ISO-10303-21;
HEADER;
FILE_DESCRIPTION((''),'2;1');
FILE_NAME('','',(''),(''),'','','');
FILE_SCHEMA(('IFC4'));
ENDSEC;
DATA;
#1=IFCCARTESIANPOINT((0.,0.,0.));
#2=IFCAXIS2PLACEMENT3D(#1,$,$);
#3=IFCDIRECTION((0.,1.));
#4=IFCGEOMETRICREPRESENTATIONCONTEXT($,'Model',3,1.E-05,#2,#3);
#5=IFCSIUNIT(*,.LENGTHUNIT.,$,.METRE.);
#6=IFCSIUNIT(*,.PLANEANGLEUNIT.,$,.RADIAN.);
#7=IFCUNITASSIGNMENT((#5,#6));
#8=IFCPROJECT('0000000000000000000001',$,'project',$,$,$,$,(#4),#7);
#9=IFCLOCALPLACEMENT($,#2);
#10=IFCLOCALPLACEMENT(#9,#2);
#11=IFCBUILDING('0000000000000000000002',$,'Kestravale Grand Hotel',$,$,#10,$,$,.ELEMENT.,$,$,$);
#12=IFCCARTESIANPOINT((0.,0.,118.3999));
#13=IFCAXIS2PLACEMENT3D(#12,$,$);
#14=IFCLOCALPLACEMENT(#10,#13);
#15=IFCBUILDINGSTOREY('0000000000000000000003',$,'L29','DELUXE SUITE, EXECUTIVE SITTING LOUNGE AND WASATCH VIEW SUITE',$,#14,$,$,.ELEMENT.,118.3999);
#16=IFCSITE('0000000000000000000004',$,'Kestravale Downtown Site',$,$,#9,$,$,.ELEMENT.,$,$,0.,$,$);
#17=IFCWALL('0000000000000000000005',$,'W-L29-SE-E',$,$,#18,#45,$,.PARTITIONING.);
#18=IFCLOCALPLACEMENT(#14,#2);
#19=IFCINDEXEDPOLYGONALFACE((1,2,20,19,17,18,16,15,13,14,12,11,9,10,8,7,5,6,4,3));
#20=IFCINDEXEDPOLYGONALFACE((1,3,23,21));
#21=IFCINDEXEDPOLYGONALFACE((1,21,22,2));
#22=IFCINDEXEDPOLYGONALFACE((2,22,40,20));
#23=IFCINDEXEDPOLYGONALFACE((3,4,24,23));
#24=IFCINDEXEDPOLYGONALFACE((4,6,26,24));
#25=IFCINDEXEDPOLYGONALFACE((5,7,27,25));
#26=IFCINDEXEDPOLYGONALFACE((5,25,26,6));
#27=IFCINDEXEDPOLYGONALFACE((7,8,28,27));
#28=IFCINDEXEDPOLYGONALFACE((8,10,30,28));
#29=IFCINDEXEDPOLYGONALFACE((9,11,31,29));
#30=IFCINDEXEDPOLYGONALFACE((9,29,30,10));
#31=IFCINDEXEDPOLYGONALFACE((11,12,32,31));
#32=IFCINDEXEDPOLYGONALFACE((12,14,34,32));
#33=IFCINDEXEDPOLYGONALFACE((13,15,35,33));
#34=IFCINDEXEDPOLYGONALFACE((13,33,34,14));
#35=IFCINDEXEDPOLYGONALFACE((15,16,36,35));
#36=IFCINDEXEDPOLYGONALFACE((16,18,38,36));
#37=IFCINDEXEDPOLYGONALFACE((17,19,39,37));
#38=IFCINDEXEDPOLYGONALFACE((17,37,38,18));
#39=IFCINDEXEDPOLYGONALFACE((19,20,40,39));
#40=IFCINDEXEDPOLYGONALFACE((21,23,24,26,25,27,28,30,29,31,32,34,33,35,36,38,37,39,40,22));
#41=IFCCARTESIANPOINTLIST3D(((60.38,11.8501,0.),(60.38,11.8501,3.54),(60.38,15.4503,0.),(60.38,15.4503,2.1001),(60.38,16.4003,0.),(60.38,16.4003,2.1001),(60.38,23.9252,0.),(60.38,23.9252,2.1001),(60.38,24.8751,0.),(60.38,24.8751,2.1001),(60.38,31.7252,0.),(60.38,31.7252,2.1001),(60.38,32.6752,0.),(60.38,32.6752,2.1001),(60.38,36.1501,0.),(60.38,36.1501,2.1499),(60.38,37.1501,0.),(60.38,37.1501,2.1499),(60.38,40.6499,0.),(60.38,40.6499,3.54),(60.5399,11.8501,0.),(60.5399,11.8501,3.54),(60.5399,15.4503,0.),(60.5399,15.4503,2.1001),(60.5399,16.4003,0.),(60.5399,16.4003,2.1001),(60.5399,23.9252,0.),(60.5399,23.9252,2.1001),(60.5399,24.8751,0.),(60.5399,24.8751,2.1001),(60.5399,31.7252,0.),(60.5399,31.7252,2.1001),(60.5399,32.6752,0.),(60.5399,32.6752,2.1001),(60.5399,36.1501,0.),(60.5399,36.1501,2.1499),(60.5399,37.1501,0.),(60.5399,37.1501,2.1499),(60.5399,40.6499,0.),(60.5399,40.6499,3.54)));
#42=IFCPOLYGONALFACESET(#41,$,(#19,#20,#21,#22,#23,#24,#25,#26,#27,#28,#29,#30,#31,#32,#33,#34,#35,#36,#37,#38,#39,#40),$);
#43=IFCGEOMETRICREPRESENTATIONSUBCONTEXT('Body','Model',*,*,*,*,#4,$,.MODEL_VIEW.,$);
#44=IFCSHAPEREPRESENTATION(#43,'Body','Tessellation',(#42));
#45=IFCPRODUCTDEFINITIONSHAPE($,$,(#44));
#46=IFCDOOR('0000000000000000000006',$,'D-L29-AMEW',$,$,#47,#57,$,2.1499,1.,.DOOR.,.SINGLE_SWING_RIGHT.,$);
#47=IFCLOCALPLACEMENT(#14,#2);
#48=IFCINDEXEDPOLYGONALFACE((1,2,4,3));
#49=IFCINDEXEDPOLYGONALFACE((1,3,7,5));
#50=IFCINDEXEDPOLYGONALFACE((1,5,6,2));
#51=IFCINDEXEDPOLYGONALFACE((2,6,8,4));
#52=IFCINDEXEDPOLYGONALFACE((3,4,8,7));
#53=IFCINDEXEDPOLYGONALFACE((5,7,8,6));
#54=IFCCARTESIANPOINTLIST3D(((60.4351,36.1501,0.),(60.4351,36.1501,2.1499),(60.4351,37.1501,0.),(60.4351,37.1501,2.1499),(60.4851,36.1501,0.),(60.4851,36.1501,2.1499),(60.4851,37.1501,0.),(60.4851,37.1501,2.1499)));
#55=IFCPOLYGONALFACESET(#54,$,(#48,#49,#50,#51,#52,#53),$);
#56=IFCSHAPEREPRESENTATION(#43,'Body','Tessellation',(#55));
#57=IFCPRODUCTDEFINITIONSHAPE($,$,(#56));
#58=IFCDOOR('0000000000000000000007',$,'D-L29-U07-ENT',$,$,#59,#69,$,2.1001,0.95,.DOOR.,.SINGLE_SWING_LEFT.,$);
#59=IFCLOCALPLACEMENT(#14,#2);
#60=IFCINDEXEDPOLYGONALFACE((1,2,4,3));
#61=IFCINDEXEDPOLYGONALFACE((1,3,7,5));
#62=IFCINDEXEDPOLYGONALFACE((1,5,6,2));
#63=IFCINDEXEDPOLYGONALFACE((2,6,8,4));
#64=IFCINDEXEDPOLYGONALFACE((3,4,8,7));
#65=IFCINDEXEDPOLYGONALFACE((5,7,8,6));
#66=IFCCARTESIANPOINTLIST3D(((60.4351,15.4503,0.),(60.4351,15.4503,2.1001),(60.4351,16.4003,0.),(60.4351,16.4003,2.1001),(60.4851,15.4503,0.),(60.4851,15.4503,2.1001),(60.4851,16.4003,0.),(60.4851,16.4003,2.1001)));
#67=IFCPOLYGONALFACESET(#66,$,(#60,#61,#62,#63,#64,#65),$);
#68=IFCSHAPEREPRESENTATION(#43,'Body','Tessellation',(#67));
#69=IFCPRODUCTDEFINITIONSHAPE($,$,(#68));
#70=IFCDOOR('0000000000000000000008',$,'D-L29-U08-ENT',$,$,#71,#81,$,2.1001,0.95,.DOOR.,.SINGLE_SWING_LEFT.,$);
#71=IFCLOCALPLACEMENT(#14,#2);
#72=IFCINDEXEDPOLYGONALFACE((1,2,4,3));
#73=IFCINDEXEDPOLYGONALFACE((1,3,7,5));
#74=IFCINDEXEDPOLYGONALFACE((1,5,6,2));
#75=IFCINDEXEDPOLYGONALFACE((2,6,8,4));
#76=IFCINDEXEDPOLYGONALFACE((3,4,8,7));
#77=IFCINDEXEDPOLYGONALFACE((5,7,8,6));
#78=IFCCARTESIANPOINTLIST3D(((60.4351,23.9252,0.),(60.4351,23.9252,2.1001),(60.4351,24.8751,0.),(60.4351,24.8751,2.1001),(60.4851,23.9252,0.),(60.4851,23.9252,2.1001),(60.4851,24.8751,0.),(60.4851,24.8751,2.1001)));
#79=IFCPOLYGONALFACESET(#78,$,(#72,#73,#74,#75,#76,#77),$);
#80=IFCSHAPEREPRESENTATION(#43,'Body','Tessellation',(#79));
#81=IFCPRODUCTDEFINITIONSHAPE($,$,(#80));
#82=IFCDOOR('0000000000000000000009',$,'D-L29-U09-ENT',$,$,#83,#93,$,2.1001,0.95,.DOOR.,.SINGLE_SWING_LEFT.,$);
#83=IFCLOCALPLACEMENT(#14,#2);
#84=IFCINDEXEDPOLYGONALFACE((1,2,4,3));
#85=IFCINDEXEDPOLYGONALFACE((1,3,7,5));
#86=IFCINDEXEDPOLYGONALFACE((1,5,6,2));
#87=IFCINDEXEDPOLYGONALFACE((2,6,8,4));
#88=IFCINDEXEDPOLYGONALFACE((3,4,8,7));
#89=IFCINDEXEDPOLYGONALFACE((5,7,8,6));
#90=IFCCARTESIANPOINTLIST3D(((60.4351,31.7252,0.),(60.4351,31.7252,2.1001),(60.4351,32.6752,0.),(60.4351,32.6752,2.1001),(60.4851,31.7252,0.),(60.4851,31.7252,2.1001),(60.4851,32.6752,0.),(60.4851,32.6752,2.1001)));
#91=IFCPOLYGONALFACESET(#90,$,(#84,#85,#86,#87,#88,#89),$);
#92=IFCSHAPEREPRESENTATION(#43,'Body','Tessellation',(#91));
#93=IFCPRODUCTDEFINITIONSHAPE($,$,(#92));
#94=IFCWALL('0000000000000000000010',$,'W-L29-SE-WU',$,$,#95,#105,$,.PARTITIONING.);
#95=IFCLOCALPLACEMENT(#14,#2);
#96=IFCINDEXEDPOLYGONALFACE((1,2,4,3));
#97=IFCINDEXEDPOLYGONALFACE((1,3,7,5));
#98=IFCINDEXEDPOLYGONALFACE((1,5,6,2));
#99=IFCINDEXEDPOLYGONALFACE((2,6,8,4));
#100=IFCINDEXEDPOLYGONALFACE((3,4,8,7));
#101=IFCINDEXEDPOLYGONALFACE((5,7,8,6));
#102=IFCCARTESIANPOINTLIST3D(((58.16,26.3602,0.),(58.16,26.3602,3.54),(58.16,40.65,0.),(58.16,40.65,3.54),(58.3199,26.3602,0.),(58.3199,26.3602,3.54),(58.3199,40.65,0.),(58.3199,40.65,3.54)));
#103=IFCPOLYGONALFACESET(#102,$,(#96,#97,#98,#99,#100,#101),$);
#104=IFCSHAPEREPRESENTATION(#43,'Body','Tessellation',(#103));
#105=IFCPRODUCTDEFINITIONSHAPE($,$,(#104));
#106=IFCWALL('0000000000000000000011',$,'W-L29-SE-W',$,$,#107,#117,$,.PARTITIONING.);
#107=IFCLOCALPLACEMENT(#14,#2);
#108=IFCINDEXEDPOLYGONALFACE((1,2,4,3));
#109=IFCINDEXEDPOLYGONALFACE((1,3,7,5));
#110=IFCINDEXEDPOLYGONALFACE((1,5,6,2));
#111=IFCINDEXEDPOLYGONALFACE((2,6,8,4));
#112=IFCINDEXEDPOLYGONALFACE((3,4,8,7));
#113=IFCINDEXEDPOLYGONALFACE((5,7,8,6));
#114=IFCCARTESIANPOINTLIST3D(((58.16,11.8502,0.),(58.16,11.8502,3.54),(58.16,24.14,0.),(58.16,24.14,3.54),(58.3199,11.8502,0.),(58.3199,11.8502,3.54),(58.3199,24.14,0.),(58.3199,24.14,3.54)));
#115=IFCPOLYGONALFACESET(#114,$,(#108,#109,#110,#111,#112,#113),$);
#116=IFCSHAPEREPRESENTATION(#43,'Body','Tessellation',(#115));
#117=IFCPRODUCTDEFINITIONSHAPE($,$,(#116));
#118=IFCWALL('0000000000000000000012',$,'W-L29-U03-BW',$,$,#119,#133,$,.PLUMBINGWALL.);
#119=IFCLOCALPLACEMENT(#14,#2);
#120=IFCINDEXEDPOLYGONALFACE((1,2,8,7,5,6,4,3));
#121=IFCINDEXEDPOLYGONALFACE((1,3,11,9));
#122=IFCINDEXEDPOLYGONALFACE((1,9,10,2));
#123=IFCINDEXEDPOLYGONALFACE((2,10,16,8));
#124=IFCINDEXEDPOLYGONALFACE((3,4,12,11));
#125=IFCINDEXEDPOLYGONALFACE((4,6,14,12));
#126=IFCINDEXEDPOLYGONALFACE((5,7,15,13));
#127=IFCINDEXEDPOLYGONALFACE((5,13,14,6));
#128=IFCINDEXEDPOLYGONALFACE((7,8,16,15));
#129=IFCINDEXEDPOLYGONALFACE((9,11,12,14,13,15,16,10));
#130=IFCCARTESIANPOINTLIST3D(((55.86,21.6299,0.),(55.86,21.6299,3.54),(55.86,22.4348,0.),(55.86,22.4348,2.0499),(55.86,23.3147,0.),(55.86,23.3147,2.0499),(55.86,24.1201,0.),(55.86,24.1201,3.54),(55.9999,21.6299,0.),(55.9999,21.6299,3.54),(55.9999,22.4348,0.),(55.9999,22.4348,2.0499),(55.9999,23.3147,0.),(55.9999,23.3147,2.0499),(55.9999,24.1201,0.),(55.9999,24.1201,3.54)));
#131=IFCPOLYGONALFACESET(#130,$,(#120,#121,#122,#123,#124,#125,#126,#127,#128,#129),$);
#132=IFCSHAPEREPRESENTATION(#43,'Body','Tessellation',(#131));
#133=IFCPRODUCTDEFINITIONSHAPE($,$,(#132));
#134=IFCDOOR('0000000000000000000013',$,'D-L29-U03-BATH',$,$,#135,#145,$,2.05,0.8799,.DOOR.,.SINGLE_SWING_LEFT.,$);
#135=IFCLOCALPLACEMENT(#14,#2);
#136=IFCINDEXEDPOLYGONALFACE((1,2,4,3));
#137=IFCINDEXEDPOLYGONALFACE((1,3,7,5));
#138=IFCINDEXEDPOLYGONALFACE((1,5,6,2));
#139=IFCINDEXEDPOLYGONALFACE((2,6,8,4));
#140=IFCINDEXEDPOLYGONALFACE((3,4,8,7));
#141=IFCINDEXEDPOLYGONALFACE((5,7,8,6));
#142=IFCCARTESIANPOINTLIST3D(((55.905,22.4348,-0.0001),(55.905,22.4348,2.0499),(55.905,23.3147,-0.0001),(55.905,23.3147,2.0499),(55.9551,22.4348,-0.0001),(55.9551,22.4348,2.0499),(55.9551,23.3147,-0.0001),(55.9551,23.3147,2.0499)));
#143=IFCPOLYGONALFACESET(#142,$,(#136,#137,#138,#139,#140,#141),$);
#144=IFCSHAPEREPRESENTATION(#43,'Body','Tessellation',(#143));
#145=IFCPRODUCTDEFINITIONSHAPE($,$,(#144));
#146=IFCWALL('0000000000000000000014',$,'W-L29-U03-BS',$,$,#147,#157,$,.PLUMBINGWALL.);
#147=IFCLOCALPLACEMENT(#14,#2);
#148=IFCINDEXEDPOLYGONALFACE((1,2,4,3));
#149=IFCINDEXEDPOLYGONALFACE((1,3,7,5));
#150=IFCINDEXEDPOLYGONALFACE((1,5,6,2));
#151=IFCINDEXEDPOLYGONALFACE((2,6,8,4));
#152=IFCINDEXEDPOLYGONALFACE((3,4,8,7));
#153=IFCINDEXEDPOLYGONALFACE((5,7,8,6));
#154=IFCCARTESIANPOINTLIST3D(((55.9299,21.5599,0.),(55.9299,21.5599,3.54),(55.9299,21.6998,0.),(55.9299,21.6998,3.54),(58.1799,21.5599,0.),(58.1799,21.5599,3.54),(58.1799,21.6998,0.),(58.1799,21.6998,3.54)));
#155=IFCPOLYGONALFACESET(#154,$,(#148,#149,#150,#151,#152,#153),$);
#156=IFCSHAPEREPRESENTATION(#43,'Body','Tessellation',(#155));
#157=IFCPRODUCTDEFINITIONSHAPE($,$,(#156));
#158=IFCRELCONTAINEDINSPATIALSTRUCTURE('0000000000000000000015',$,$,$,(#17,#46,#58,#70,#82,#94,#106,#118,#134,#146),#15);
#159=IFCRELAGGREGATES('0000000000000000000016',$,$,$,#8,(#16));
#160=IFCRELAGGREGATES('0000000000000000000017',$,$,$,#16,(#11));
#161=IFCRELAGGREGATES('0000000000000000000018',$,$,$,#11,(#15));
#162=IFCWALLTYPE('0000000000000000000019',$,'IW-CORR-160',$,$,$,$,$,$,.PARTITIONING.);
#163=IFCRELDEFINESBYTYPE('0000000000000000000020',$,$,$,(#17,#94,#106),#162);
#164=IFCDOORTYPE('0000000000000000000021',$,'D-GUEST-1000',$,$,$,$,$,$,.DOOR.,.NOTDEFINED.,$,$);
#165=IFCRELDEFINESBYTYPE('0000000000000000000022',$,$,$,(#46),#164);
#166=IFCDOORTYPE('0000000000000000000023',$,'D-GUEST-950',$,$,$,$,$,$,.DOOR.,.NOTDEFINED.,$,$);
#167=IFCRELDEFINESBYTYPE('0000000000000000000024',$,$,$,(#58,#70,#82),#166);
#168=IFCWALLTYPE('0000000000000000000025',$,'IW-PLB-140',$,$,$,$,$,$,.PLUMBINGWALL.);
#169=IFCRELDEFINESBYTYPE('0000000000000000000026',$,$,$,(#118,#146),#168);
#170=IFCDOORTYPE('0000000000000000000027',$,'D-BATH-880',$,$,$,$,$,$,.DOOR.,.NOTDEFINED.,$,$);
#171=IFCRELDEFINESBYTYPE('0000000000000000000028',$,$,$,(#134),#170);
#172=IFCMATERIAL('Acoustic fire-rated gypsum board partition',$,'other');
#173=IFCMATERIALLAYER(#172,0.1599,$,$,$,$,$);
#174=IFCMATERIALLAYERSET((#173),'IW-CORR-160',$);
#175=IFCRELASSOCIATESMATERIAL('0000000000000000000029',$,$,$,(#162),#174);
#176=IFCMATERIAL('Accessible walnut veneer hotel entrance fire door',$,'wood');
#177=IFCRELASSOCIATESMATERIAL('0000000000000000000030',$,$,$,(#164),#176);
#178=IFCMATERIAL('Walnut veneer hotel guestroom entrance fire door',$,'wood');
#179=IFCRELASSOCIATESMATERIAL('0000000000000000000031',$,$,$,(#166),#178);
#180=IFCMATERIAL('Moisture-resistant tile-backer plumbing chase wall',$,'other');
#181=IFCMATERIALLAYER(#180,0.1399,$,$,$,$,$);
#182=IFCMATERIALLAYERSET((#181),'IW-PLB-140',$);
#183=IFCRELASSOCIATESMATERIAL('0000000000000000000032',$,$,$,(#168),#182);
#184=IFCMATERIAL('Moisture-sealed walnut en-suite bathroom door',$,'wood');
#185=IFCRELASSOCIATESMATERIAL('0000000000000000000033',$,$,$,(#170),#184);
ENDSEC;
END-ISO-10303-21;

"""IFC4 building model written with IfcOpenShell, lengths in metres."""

from ifc_helpers import new_model, si_unit, direction, frame, frame_2d, origin, place, context, subcontext, project, spatial, rectangle, extrude, material, layer, layer_set, type_object, element, fill, save


model = new_model("IFC4")

# Units and contexts
model_context = context("Model", 3, precision=1e-05, world=origin(), true_north=direction((0.0, 1.0)))
body_context = subcontext(model_context, "Body", "Model", "MODEL_VIEW")
ifc_project = project(units=[si_unit("LENGTHUNIT", "METRE"), si_unit("PLANEANGLEUNIT", "RADIAN")], contexts=[model_context])

# Site, building, storey
site_placement = place(None, origin())
site = spatial("IfcSite", under=ifc_project, at=site_placement, Name="Kestravale Downtown Site", CompositionType="ELEMENT", RefElevation=0.0)
building_placement = place(site_placement, origin())
building = spatial("IfcBuilding", under=site, at=building_placement, Name="Kestravale Grand Hotel", CompositionType="ELEMENT")
storey_placement = place(building_placement, frame((0.0, 0.0, 118.3999)))
storey = spatial("IfcBuildingStorey", under=building, at=storey_placement, Name="L29", Description="DELUXE SUITE, EXECUTIVE SITTING LOUNGE AND WASATCH VIEW SUITE", CompositionType="ELEMENT", Elevation=118.3999)

# Wall, openings, doors
ifc_material_1 = material(Name="Acoustic fire-rated gypsum board partition", Category="other")
ifc_layer_1 = layer(ifc_material_1, 0.1599)
ifc_layer_set_1 = layer_set([ifc_layer_1], Name="IW-CORR-160")
wall_type_1 = type_object("IfcWallType", Name="IW-CORR-160", PredefinedType="PARTITIONING", material=ifc_layer_set_1)
wall_1_placement = place(storey_placement, frame((60.46, 11.8501, 0.0), z_axis=(0.0, 0.0, 1.0), x_axis=(0.0, 1.0, 0.0)))
wall_1 = element("IfcWall", 1, at=wall_1_placement, inside=storey, type_object=wall_type_1, Name="W-L29-SE-E", PredefinedType="PARTITIONING", context=body_context, shape_type="SweptSolid", body=[
    extrude(rectangle(XDim=28.7998, YDim=0.1599, at=frame_2d((14.3999, 0.0))), origin(), (0.0, 0.0, 1.0), 3.54),
])
opening_1_placement = place(wall_1_placement, frame((3.6001, 0.0, 0.0)))
opening_1 = element("IfcOpeningElement", 2, at=opening_1_placement, cuts=wall_1, PredefinedType="OPENING", context=body_context, shape_type="SweptSolid", body=[
    extrude(rectangle(XDim=0.95, YDim=2.1001, at=frame_2d((0.4751, 1.05))), frame((0.0, 0.0898, 0.0), z_axis=(0.0, -1.0, 0.0), x_axis=(1.0, 0.0, 0.0)), (0.0, 0.0, 1.0), 0.1799),
])
opening_2_placement = place(wall_1_placement, frame((12.075, 0.0, 0.0)))
opening_2 = element("IfcOpeningElement", 3, at=opening_2_placement, cuts=wall_1, PredefinedType="OPENING", context=body_context, shape_type="SweptSolid", body=[
    extrude(rectangle(XDim=0.95, YDim=2.1001, at=frame_2d((0.4751, 1.05))), frame((0.0, 0.0898, 0.0), z_axis=(0.0, -1.0, 0.0), x_axis=(1.0, 0.0, 0.0)), (0.0, 0.0, 1.0), 0.1799),
])
opening_3_placement = place(wall_1_placement, frame((19.875, 0.0, 0.0)))
opening_3 = element("IfcOpeningElement", 4, at=opening_3_placement, cuts=wall_1, PredefinedType="OPENING", context=body_context, shape_type="SweptSolid", body=[
    extrude(rectangle(XDim=0.95, YDim=2.1001, at=frame_2d((0.4751, 1.05))), frame((0.0, 0.0898, 0.0), z_axis=(0.0, -1.0, 0.0), x_axis=(1.0, 0.0, 0.0)), (0.0, 0.0, 1.0), 0.1799),
])
opening_4_placement = place(wall_1_placement, frame((24.3, 0.0, 0.0)))
opening_4 = element("IfcOpeningElement", 5, at=opening_4_placement, cuts=wall_1, PredefinedType="OPENING", context=body_context, shape_type="SweptSolid", body=[
    extrude(rectangle(XDim=1.0, YDim=2.1499, at=frame_2d((0.5, 1.075))), frame((0.0, 0.0898, 0.0), z_axis=(0.0, -1.0, 0.0), x_axis=(1.0, 0.0, 0.0)), (0.0, 0.0, 1.0), 0.1799),
])
ifc_material_2 = material(Name="Accessible walnut veneer hotel entrance fire door", Category="wood")
door_type_1 = type_object("IfcDoorType", Name="D-GUEST-1000", OperationType="NOTDEFINED", PredefinedType="DOOR", material=ifc_material_2)
door_1_placement = place(opening_4_placement, origin())
door_1 = element("IfcDoor", 6, at=door_1_placement, inside=storey, type_object=door_type_1, Name="D-L29-AMEW", OperationType="SINGLE_SWING_RIGHT", OverallHeight=2.1499, OverallWidth=1.0, PredefinedType="DOOR", context=body_context, shape_type="SweptSolid", body=[
    extrude(rectangle(XDim=1.0, YDim=2.1499, at=frame_2d((0.5, 1.075))), frame((0.0, 0.0249, 0.0), z_axis=(0.0, -1.0, 0.0), x_axis=(1.0, 0.0, 0.0)), (0.0, 0.0, 1.0), 0.05),
])
fill(opening_4, door_1)
ifc_material_3 = material(Name="Walnut veneer hotel guestroom entrance fire door", Category="wood")
door_type_2 = type_object("IfcDoorType", Name="D-GUEST-950", OperationType="NOTDEFINED", PredefinedType="DOOR", material=ifc_material_3)
door_2_placement = place(opening_1_placement, origin())
door_2 = element("IfcDoor", 7, at=door_2_placement, inside=storey, type_object=door_type_2, Name="D-L29-U07-ENT", OperationType="SINGLE_SWING_LEFT", OverallHeight=2.1001, OverallWidth=0.95, PredefinedType="DOOR", context=body_context, shape_type="SweptSolid", body=[
    extrude(rectangle(XDim=0.95, YDim=2.1001, at=frame_2d((0.4751, 1.05))), frame((0.0, 0.0249, 0.0), z_axis=(0.0, -1.0, 0.0), x_axis=(1.0, 0.0, 0.0)), (0.0, 0.0, 1.0), 0.05),
])
fill(opening_1, door_2)
door_3_placement = place(opening_2_placement, origin())
door_3 = element("IfcDoor", 8, at=door_3_placement, inside=storey, type_object=door_type_2, Name="D-L29-U08-ENT", OperationType="SINGLE_SWING_LEFT", OverallHeight=2.1001, OverallWidth=0.95, PredefinedType="DOOR", context=body_context, shape_type="SweptSolid", body=[
    extrude(rectangle(XDim=0.95, YDim=2.1001, at=frame_2d((0.4751, 1.05))), frame((0.0, 0.0249, 0.0), z_axis=(0.0, -1.0, 0.0), x_axis=(1.0, 0.0, 0.0)), (0.0, 0.0, 1.0), 0.05),
])
fill(opening_2, door_3)
door_4_placement = place(opening_3_placement, origin())
door_4 = element("IfcDoor", 9, at=door_4_placement, inside=storey, type_object=door_type_2, Name="D-L29-U09-ENT", OperationType="SINGLE_SWING_LEFT", OverallHeight=2.1001, OverallWidth=0.95, PredefinedType="DOOR", context=body_context, shape_type="SweptSolid", body=[
    extrude(rectangle(XDim=0.95, YDim=2.1001, at=frame_2d((0.4751, 1.05))), frame((0.0, 0.0249, 0.0), z_axis=(0.0, -1.0, 0.0), x_axis=(1.0, 0.0, 0.0)), (0.0, 0.0, 1.0), 0.05),
])
fill(opening_3, door_4)

# Walls
wall_2_placement = place(storey_placement, frame((58.24, 26.3601, 0.0), z_axis=(0.0, 0.0, 1.0), x_axis=(0.0, 1.0, 0.0)))
element("IfcWall", 10, at=wall_2_placement, inside=storey, type_object=wall_type_1, Name="W-L29-SE-WU", PredefinedType="PARTITIONING", context=body_context, shape_type="SweptSolid", body=[
    extrude(rectangle(XDim=14.2898, YDim=0.1599, at=frame_2d((7.145, 0.0))), origin(), (0.0, 0.0, 1.0), 3.54),
])
wall_3_placement = place(storey_placement, frame((58.24, 11.8501, 0.0), z_axis=(0.0, 0.0, 1.0), x_axis=(0.0, 1.0, 0.0)))
element("IfcWall", 11, at=wall_3_placement, inside=storey, type_object=wall_type_1, Name="W-L29-SE-W", PredefinedType="PARTITIONING", context=body_context, shape_type="SweptSolid", body=[
    extrude(rectangle(XDim=12.2898, YDim=0.1599, at=frame_2d((6.145, 0.0))), origin(), (0.0, 0.0, 1.0), 3.54),
])

# Wall, opening, door
ifc_material_4 = material(Name="Moisture-resistant tile-backer plumbing chase wall", Category="other")
ifc_layer_2 = layer(ifc_material_4, 0.1399)
ifc_layer_set_2 = layer_set([ifc_layer_2], Name="IW-PLB-140")
wall_type_2 = type_object("IfcWallType", Name="IW-PLB-140", PredefinedType="PLUMBINGWALL", material=ifc_layer_set_2)
wall_4_placement = place(storey_placement, frame((55.9299, 21.6299, 0.0), z_axis=(0.0, 0.0, 1.0), x_axis=(0.0, 1.0, 0.0)))
wall_4 = element("IfcWall", 12, at=wall_4_placement, inside=storey, type_object=wall_type_2, Name="W-L29-U03-BW", PredefinedType="PLUMBINGWALL", context=body_context, shape_type="SweptSolid", body=[
    extrude(rectangle(XDim=2.4902, YDim=0.1399, at=frame_2d((1.2451, 0.0))), origin(), (0.0, 0.0, 1.0), 3.54),
])
opening_5_placement = place(wall_4_placement, frame((0.8049, 0.0, 0.0)))
opening_5 = element("IfcOpeningElement", 13, at=opening_5_placement, cuts=wall_4, PredefinedType="OPENING", context=body_context, shape_type="SweptSolid", body=[
    extrude(rectangle(XDim=0.8799, YDim=2.05, at=frame_2d((0.4399, 1.0249))), frame((0.0, 0.0798, 0.0), z_axis=(0.0, -1.0, 0.0), x_axis=(1.0, 0.0, 0.0)), (0.0, 0.0, 1.0), 0.1599),
])
ifc_material_5 = material(Name="Moisture-sealed walnut en-suite bathroom door", Category="wood")
door_type_3 = type_object("IfcDoorType", Name="D-BATH-880", OperationType="NOTDEFINED", PredefinedType="DOOR", material=ifc_material_5)
door_5_placement = place(opening_5_placement, origin())
door_5 = element("IfcDoor", 14, at=door_5_placement, inside=storey, type_object=door_type_3, Name="D-L29-U03-BATH", OperationType="SINGLE_SWING_LEFT", OverallHeight=2.05, OverallWidth=0.8799, PredefinedType="DOOR", context=body_context, shape_type="SweptSolid", body=[
    extrude(rectangle(XDim=0.8799, YDim=2.05, at=frame_2d((0.4399, 1.0249))), frame((0.0, 0.0249, 0.0), z_axis=(0.0, -1.0, 0.0), x_axis=(1.0, 0.0, 0.0)), (0.0, 0.0, 1.0), 0.05),
])
fill(opening_5, door_5)

# Wall
wall_5_placement = place(storey_placement, frame((55.9299, 21.6299, 0.0), z_axis=(0.0, 0.0, 1.0), x_axis=(1.0, 0.0, 0.0)))
element("IfcWall", 15, at=wall_5_placement, inside=storey, type_object=wall_type_2, Name="W-L29-U03-BS", PredefinedType="PLUMBINGWALL", context=body_context, shape_type="SweptSolid", body=[
    extrude(rectangle(XDim=2.25, YDim=0.1399, at=frame_2d((1.125, 0.0))), origin(), (0.0, 0.0, 1.0), 3.54),
])

save(model, "model.ifc")
